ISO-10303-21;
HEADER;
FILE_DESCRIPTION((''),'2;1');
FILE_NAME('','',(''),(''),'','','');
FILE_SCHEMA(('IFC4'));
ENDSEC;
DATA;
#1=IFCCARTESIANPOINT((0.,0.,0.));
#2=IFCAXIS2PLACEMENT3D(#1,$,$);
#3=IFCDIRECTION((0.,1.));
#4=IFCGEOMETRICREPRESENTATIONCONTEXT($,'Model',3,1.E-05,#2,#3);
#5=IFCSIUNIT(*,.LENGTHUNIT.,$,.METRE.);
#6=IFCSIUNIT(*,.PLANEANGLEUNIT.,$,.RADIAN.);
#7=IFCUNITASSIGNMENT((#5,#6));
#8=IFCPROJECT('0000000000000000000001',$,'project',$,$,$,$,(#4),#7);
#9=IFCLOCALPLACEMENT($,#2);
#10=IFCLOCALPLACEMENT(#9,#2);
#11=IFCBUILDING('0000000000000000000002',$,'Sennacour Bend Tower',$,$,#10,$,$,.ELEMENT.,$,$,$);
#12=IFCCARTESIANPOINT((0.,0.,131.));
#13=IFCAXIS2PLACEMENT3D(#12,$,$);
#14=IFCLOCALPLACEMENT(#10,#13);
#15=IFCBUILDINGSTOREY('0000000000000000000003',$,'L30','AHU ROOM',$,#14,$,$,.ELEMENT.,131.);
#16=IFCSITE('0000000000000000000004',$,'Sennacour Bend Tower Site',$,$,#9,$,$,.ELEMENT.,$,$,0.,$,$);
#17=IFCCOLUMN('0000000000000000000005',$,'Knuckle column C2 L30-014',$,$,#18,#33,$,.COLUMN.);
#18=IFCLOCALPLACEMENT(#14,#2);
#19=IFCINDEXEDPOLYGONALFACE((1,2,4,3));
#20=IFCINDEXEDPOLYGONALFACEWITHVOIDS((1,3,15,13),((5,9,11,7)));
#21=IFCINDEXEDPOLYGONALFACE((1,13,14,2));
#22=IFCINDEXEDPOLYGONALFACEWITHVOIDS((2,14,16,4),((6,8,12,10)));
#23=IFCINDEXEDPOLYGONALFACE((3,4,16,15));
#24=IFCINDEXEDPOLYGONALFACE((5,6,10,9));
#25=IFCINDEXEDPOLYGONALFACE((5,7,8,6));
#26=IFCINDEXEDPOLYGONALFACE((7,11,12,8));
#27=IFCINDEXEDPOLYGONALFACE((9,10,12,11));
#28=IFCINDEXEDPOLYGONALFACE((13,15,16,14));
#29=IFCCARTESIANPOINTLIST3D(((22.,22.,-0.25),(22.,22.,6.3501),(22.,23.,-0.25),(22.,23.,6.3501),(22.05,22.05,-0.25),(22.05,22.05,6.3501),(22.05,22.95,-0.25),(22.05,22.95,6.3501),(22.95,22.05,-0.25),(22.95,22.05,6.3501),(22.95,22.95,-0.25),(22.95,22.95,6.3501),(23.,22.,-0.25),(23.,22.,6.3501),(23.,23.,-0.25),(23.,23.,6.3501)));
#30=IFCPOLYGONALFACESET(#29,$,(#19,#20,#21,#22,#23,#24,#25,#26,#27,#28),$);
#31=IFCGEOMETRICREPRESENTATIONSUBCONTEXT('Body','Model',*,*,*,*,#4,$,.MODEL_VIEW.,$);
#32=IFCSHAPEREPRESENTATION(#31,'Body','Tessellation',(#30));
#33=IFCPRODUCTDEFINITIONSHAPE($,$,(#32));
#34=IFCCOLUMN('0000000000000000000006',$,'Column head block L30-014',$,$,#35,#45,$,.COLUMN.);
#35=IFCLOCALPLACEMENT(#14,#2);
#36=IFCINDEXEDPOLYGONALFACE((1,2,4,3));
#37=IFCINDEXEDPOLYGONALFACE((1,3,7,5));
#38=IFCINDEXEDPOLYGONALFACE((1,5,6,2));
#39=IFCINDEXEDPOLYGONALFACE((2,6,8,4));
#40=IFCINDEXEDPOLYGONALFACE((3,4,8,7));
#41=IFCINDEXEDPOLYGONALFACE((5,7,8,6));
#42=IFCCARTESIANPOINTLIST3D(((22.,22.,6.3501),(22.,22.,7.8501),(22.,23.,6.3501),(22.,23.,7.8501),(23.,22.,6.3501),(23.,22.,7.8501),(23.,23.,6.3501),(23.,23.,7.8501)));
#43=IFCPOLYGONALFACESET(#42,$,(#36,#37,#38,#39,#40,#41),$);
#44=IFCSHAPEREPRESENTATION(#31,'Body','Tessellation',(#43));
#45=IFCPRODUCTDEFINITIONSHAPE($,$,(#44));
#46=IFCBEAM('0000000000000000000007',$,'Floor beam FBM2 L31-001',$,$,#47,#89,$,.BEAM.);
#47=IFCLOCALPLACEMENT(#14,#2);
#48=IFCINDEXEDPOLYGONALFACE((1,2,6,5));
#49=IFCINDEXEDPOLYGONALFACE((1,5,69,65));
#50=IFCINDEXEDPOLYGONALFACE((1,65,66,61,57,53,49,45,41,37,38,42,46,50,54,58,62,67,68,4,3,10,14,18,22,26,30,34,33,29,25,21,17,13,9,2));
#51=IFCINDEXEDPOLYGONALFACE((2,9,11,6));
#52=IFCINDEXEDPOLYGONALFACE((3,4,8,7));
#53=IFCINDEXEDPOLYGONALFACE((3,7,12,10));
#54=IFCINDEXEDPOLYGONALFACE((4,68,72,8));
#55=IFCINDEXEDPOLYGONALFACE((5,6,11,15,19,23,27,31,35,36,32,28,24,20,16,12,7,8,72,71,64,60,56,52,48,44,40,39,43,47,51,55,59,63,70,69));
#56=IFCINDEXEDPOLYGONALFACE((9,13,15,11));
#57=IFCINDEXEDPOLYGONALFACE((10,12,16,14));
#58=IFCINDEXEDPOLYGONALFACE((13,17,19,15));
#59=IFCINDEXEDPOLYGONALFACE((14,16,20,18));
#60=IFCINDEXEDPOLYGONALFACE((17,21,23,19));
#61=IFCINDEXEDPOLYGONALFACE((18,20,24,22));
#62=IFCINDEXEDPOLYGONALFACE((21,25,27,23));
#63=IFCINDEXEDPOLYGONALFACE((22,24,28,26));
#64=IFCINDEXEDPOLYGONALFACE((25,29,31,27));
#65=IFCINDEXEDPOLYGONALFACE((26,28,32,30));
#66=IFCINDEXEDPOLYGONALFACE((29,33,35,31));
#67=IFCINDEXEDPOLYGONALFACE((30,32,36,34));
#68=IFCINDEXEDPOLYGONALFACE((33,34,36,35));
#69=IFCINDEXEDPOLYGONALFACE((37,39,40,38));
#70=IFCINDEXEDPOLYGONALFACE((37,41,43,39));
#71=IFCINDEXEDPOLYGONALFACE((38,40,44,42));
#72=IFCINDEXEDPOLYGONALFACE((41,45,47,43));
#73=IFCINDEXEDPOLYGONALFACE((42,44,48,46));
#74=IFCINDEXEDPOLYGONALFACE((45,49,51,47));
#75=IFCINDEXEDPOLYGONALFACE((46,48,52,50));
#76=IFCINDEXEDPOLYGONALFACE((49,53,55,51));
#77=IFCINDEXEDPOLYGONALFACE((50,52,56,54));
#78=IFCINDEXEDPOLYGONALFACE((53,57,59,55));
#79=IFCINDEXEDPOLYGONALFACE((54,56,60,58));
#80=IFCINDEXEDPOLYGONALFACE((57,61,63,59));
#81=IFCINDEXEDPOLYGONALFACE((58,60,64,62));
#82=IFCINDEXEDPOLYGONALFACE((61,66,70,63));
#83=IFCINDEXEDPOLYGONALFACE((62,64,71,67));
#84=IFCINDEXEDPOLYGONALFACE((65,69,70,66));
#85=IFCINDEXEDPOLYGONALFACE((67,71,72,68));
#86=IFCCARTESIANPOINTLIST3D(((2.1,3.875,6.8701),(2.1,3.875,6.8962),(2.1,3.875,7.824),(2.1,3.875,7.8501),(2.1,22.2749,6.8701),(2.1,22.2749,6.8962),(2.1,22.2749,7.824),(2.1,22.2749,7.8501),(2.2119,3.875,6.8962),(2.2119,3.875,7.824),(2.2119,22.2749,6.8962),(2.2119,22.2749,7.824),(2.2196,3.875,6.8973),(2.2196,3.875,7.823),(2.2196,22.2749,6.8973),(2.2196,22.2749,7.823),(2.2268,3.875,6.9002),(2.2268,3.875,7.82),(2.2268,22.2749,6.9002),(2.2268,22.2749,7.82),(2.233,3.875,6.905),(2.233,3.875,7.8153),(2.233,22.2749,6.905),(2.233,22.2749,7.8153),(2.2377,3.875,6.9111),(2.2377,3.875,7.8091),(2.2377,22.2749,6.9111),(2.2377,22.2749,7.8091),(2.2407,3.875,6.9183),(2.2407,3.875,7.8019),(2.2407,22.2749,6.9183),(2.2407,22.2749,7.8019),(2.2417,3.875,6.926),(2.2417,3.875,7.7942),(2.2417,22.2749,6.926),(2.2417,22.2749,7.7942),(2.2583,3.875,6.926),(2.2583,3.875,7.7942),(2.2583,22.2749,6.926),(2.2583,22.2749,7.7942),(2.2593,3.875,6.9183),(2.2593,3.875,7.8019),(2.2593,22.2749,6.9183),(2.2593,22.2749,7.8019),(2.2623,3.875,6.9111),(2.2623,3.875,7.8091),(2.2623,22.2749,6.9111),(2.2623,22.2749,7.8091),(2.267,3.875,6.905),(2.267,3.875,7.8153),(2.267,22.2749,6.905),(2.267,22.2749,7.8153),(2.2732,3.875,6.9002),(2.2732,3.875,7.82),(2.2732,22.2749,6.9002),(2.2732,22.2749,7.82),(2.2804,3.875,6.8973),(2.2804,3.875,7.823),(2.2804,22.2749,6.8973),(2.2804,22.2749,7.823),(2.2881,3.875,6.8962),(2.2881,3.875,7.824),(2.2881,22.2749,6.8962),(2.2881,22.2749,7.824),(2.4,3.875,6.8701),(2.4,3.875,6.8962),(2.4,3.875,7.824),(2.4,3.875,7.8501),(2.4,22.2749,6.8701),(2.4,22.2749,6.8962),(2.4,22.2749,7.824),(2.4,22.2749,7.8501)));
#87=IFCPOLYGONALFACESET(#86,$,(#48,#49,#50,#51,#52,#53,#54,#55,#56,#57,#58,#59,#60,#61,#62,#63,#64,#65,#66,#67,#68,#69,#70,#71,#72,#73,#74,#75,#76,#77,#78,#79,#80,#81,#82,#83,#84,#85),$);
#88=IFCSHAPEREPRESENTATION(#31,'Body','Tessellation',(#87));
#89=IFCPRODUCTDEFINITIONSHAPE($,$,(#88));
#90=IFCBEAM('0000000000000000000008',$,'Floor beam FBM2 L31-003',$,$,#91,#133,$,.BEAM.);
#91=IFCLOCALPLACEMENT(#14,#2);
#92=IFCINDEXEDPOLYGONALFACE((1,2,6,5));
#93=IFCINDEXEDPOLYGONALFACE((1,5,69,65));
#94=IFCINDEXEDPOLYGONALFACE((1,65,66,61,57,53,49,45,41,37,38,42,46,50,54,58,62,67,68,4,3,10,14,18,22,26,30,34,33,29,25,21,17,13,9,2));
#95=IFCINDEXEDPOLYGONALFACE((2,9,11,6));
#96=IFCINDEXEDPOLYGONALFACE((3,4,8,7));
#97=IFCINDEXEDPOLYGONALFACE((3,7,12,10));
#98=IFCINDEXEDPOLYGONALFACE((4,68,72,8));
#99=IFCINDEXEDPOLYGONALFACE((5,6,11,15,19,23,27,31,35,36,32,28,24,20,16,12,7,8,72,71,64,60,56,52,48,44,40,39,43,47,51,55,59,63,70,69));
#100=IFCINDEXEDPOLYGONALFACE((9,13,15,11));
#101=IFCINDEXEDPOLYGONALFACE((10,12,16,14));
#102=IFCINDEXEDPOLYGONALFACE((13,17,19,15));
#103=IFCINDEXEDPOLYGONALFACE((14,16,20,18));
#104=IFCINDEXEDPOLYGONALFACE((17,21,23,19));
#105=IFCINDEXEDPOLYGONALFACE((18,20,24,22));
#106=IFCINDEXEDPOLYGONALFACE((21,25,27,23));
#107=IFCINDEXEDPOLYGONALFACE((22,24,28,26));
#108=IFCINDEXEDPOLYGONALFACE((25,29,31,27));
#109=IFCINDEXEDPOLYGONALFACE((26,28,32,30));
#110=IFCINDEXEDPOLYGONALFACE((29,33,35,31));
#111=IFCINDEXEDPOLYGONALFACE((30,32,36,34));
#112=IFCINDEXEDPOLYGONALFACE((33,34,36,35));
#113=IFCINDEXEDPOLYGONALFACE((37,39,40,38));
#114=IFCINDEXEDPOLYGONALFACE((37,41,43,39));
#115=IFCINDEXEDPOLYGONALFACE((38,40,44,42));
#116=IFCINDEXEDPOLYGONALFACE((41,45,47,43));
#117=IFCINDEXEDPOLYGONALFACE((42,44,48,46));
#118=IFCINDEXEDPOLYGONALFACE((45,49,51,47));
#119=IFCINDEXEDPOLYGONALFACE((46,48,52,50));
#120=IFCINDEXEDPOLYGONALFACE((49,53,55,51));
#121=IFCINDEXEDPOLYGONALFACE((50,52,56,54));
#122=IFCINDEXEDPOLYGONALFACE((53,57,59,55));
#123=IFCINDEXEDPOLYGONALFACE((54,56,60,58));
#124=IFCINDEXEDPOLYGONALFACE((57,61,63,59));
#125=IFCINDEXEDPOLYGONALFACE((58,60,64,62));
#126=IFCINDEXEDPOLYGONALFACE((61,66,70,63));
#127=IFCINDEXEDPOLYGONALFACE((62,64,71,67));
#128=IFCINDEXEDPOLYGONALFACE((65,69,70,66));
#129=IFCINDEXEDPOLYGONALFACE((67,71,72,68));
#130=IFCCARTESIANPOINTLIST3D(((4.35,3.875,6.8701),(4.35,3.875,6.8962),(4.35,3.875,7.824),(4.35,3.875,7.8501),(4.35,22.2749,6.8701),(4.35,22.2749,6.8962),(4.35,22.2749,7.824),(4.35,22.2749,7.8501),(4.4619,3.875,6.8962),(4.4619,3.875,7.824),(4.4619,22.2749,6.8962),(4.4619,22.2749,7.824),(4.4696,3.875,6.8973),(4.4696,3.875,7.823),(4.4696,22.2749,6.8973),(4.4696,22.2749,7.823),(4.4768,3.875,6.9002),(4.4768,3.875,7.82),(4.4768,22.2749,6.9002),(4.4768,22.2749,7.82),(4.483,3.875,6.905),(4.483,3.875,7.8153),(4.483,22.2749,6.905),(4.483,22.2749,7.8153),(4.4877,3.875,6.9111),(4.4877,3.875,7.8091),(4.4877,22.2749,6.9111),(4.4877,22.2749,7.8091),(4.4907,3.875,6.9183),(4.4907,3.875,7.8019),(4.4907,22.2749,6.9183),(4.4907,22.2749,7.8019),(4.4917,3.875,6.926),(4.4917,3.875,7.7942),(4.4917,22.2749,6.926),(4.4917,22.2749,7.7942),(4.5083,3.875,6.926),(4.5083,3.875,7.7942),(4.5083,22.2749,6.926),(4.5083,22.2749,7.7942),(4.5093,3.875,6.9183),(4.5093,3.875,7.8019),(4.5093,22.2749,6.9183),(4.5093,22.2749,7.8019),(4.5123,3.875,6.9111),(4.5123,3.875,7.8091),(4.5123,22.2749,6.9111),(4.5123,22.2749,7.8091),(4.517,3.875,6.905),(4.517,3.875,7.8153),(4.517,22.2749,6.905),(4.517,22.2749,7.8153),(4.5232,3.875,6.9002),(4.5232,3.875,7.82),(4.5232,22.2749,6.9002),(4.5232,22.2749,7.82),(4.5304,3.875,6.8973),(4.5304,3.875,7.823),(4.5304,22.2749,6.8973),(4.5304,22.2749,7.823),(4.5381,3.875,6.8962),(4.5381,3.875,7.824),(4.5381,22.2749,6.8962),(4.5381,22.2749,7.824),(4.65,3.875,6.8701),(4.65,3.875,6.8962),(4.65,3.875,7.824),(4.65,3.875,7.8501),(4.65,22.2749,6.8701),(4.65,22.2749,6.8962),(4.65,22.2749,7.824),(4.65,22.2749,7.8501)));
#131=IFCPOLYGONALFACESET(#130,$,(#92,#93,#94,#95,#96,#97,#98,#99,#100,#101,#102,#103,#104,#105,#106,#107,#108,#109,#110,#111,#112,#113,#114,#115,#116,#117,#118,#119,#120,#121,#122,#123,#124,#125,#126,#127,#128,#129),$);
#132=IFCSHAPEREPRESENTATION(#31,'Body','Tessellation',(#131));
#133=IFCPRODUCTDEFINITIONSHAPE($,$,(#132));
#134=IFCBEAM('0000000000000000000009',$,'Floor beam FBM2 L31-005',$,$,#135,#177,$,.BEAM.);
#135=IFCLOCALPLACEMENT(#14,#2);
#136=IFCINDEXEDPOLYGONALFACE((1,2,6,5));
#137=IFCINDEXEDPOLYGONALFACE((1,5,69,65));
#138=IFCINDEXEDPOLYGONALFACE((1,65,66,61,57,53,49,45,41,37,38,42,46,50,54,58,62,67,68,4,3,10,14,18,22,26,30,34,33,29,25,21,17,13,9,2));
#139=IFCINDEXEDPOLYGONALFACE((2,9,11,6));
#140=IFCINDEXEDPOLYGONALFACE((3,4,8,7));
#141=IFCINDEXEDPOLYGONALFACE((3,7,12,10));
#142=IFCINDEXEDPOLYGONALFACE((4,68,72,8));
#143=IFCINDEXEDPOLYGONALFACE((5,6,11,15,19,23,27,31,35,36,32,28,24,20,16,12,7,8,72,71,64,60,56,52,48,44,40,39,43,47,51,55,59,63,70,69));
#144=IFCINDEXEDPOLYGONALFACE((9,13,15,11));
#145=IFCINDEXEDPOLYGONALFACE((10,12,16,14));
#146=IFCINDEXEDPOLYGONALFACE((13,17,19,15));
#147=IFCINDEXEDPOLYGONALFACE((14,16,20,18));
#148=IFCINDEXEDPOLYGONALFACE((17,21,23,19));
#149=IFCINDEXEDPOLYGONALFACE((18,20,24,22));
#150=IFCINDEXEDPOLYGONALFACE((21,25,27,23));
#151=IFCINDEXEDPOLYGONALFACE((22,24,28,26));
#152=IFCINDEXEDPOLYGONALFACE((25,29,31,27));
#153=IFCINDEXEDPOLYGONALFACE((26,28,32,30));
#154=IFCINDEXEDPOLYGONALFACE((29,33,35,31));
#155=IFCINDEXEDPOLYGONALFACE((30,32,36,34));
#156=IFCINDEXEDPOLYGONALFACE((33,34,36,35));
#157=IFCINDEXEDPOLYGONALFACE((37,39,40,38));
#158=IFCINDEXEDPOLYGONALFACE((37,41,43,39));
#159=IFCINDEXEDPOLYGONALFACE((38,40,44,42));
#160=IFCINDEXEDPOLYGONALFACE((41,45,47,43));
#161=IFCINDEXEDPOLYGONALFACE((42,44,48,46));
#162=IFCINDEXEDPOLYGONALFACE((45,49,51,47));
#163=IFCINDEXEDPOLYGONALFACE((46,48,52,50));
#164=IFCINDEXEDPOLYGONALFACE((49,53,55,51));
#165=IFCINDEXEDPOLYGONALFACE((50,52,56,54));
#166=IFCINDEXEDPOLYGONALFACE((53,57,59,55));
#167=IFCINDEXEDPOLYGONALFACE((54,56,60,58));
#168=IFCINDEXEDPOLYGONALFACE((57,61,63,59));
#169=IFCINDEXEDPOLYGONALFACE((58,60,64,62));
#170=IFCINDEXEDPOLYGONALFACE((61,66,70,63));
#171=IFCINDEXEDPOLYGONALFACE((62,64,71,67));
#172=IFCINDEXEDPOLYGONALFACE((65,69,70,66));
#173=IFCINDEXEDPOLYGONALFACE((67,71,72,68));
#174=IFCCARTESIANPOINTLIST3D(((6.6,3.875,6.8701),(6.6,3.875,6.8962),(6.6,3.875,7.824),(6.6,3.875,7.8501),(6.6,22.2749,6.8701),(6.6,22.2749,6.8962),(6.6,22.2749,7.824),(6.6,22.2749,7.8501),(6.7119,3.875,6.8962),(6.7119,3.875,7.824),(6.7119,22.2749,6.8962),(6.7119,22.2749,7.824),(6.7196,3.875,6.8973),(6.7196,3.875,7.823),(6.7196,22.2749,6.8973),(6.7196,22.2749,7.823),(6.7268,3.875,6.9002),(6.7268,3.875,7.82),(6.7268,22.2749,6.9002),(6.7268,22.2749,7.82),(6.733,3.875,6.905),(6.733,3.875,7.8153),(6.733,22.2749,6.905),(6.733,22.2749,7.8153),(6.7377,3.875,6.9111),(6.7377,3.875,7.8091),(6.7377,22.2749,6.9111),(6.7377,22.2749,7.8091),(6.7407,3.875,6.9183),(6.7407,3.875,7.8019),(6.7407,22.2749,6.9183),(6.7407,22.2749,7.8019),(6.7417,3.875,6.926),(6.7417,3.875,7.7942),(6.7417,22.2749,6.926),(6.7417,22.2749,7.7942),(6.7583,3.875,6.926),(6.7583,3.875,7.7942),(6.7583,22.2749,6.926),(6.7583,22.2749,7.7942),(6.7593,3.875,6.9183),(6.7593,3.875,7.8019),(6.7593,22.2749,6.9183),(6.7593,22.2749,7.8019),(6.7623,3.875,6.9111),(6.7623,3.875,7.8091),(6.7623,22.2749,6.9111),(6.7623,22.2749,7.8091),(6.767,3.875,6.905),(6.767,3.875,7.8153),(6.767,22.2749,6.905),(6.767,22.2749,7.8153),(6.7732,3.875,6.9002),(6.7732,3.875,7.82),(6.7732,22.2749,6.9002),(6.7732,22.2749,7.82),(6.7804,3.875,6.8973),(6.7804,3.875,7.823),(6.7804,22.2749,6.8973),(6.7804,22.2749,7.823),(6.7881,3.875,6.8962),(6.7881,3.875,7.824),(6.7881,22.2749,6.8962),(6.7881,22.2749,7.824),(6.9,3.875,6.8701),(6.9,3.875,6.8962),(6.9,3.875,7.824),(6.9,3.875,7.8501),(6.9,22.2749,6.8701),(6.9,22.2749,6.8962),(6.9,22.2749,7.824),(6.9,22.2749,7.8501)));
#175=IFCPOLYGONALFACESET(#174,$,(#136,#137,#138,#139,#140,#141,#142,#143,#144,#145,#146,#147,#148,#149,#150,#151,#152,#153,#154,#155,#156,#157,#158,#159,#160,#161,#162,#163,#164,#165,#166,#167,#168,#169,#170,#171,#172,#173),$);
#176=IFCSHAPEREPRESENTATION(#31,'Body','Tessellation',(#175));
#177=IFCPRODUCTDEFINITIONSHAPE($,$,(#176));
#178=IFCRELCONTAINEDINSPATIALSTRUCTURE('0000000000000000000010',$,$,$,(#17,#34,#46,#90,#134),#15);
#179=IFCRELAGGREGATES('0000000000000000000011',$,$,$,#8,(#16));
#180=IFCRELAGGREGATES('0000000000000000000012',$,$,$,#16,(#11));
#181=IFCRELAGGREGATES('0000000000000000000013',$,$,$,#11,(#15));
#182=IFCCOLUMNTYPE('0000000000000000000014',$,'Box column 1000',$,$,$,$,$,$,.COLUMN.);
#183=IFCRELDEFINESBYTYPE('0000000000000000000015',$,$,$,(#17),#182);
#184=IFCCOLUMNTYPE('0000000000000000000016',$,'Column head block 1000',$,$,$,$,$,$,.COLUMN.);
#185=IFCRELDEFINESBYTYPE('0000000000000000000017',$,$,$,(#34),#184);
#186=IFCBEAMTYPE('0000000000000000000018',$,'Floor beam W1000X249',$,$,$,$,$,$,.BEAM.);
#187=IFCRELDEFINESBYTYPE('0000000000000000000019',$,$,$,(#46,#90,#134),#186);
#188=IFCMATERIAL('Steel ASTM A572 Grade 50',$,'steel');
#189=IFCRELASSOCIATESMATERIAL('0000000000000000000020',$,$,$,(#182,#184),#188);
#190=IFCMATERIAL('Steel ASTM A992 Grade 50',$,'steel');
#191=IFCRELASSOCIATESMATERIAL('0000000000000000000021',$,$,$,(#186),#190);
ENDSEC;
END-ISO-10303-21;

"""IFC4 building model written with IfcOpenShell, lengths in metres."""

from ifc_helpers import new_model, si_unit, direction, frame, origin, origin_2d, place, context, subcontext, project, spatial, rectangle, hollow_rectangle, i_section, extrude, material, material_profile, profile_set, type_object, element, save


model = new_model("IFC4")

# Units and contexts
model_context = context("Model", 3, precision=1e-05, world=origin(), true_north=direction((0.0, 1.0)))
body_context = subcontext(model_context, "Body", "Model", "MODEL_VIEW")
ifc_project = project(units=[si_unit("LENGTHUNIT", "METRE"), si_unit("PLANEANGLEUNIT", "RADIAN")], contexts=[model_context])

# Site, building, storey
site_placement = place(None, origin())
site = spatial("IfcSite", under=ifc_project, at=site_placement, Name="Sennacour Bend Tower Site", CompositionType="ELEMENT", RefElevation=0.0)
building_placement = place(site_placement, origin())
building = spatial("IfcBuilding", under=site, at=building_placement, Name="Sennacour Bend Tower", CompositionType="ELEMENT")
storey_placement = place(building_placement, frame((0.0, 0.0, 131.0)))
storey = spatial("IfcBuildingStorey", under=building, at=storey_placement, Name="L30", Description="AHU ROOM", CompositionType="ELEMENT", Elevation=131.0)

# Columns
ifc_material_1 = material(Name="Steel ASTM A572 Grade 50", Category="steel")
ifc_material_profile_1 = material_profile(ifc_material_1, hollow_rectangle(XDim=1.0, YDim=1.0, WallThickness=0.05, at=origin_2d()), Name="Steel ASTM A572 Grade 50", Category="steel")
ifc_profile_set_1 = profile_set([ifc_material_profile_1], Name="Steel ASTM A572 Grade 50")
column_type_1 = type_object("IfcColumnType", Name="Box column 1000", PredefinedType="COLUMN", material=ifc_profile_set_1)
column_1_placement = place(storey_placement, frame((22.5, 22.5, -0.25), z_axis=(0.0, 0.0, 1.0), x_axis=(1.0, 0.0, 0.0)))
element("IfcColumn", 1, at=column_1_placement, inside=storey, type_object=column_type_1, Name="Knuckle column C2 L30-014", PredefinedType="COLUMN", context=body_context, shape_type="SweptSolid", body=[
    extrude(hollow_rectangle(XDim=1.0, YDim=1.0, WallThickness=0.05, at=origin_2d()), origin(), (0.0, 0.0, 1.0), 6.6001),
])
ifc_material_profile_2 = material_profile(ifc_material_1, rectangle(XDim=1.0, YDim=1.0, at=origin_2d()), Name="Steel ASTM A572 Grade 50", Category="steel")
ifc_profile_set_2 = profile_set([ifc_material_profile_2], Name="Steel ASTM A572 Grade 50")
column_type_2 = type_object("IfcColumnType", Name="Column head block 1000", PredefinedType="COLUMN", material=ifc_profile_set_2)
column_2_placement = place(storey_placement, frame((22.5, 22.5, 6.3501), z_axis=(0.0, 0.0, 1.0), x_axis=(1.0, 0.0, 0.0)))
element("IfcColumn", 2, at=column_2_placement, inside=storey, type_object=column_type_2, Name="Column head block L30-014", PredefinedType="COLUMN", context=body_context, shape_type="SweptSolid", body=[
    extrude(rectangle(XDim=1.0, YDim=1.0, at=origin_2d()), origin(), (0.0, 0.0, 1.0), 1.5),
])

# Beams
ifc_material_2 = material(Name="Steel ASTM A992 Grade 50", Category="steel")
ifc_material_profile_3 = material_profile(ifc_material_2, i_section(OverallWidth=0.3, OverallDepth=0.98, WebThickness=0.0166, FlangeThickness=0.0261, FilletRadius=0.0298, at=origin_2d()), Name="Steel ASTM A992 Grade 50", Category="steel")
ifc_profile_set_3 = profile_set([ifc_material_profile_3], Name="Steel ASTM A992 Grade 50")
beam_type = type_object("IfcBeamType", Name="Floor beam W1000X249", PredefinedType="BEAM", material=ifc_profile_set_3)
for number, where, z_axis, x_axis, name in (
    (3, (2.25, 3.875, 7.3601), (0.0, 1.0, 0.0), (-1.0, 0.0, 0.0), "Floor beam FBM2 L31-001"),
    (4, (4.5, 3.875, 7.3601), (0.0, 1.0, 0.0), (-1.0, 0.0, 0.0), "Floor beam FBM2 L31-003"),
    (5, (6.75, 3.875, 7.3601), (0.0, 1.0, 0.0), (-1.0, 0.0, 0.0), "Floor beam FBM2 L31-005"),
):
    element("IfcBeam", number, at=place(storey_placement, frame(where, z_axis=z_axis, x_axis=x_axis)), inside=storey, type_object=beam_type, Name=name, PredefinedType="BEAM", context=body_context, shape_type="SweptSolid", body=[
        extrude(i_section(OverallWidth=0.3, OverallDepth=0.98, WebThickness=0.0166, FlangeThickness=0.0261, FilletRadius=0.0298, at=origin_2d()), origin(), (0.0, 0.0, 1.0), 18.3999),
    ])

save(model, "model.ifc")
